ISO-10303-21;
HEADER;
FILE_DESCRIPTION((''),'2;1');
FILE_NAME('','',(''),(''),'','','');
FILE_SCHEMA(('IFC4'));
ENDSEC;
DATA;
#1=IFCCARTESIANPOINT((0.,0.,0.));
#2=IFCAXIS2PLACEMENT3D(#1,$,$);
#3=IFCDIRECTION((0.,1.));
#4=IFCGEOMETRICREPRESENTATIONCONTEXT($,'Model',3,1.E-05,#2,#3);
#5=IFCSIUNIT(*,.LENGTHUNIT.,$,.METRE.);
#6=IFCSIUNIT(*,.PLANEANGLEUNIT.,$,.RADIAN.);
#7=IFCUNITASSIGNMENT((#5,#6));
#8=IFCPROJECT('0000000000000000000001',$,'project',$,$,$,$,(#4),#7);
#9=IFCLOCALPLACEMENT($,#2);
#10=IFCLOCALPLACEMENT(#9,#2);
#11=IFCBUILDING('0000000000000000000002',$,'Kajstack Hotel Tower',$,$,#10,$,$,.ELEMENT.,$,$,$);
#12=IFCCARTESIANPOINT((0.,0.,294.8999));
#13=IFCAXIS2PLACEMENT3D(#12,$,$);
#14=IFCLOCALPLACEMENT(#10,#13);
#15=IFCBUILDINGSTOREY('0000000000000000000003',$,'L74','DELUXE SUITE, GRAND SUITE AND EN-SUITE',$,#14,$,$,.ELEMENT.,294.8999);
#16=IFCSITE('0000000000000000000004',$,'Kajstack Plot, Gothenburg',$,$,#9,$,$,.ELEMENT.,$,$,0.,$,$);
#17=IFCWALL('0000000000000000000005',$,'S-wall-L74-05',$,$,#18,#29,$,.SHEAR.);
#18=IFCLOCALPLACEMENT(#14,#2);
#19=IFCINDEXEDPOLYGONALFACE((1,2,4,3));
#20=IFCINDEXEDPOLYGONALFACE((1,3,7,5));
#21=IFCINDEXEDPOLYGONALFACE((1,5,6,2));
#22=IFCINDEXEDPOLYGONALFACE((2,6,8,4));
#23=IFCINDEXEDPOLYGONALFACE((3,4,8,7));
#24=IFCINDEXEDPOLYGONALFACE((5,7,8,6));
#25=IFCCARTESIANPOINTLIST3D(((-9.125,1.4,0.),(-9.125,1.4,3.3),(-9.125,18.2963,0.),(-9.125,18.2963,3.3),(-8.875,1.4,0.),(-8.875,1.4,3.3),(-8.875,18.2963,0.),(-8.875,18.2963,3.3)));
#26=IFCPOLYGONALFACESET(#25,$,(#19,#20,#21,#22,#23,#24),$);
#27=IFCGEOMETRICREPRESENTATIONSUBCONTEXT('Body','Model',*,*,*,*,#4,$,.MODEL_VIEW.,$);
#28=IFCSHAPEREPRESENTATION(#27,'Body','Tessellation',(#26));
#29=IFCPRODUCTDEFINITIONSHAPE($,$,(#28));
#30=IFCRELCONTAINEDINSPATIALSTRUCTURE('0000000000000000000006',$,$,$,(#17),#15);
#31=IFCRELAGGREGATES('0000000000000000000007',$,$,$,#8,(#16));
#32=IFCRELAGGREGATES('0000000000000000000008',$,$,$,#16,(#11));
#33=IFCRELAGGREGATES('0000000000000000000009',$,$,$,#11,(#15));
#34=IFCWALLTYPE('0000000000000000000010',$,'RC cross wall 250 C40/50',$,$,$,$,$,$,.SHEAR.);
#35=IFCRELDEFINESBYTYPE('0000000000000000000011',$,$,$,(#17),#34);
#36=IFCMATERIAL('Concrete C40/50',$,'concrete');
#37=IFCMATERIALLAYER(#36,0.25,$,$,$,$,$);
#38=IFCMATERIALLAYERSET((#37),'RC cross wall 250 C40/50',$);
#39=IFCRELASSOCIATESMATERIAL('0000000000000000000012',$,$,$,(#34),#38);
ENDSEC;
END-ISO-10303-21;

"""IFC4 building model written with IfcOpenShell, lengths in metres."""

from ifc_helpers import new_model, si_unit, direction, frame, frame_2d, origin, place, context, subcontext, project, spatial, rectangle, extrude, material, layer, layer_set, type_object, element, save


model = new_model("IFC4")

# Units and contexts
model_context = context("Model", 3, precision=1e-05, world=origin(), true_north=direction((0.0, 1.0)))
body_context = subcontext(model_context, "Body", "Model", "MODEL_VIEW")
ifc_project = project(units=[si_unit("LENGTHUNIT", "METRE"), si_unit("PLANEANGLEUNIT", "RADIAN")], contexts=[model_context])

# Site, building, storey
site_placement = place(None, origin())
site = spatial("IfcSite", under=ifc_project, at=site_placement, Name="Kajstack Plot, Gothenburg", CompositionType="ELEMENT", RefElevation=0.0)
building_placement = place(site_placement, origin())
building = spatial("IfcBuilding", under=site, at=building_placement, Name="Kajstack Hotel Tower", CompositionType="ELEMENT")
storey_placement = place(building_placement, frame((0.0, 0.0, 294.8999)))
storey = spatial("IfcBuildingStorey", under=building, at=storey_placement, Name="L74", Description="DELUXE SUITE, GRAND SUITE AND EN-SUITE", CompositionType="ELEMENT", Elevation=294.8999)

# Wall
ifc_material_1 = material(Name="Concrete C40/50", Category="concrete")
ifc_layer_1 = layer(ifc_material_1, 0.25)
ifc_layer_set_1 = layer_set([ifc_layer_1], Name="RC cross wall 250 C40/50")
wall_type_1 = type_object("IfcWallType", Name="RC cross wall 250 C40/50", PredefinedType="SHEAR", material=ifc_layer_set_1)
wall_1_placement = place(storey_placement, frame((-9.0, 1.3999, 0.0), z_axis=(0.0, 0.0, 1.0), x_axis=(0.0, 1.0, 0.0)))
element("IfcWall", 1, at=wall_1_placement, inside=storey, type_object=wall_type_1, Name="S-wall-L74-05", PredefinedType="SHEAR", context=body_context, shape_type="SweptSolid", body=[
    extrude(rectangle(XDim=16.8962, YDim=0.25, at=frame_2d((8.4482, 0.0))), origin(), (0.0, 0.0, 1.0), 3.3),
])

save(model, "model.ifc")
